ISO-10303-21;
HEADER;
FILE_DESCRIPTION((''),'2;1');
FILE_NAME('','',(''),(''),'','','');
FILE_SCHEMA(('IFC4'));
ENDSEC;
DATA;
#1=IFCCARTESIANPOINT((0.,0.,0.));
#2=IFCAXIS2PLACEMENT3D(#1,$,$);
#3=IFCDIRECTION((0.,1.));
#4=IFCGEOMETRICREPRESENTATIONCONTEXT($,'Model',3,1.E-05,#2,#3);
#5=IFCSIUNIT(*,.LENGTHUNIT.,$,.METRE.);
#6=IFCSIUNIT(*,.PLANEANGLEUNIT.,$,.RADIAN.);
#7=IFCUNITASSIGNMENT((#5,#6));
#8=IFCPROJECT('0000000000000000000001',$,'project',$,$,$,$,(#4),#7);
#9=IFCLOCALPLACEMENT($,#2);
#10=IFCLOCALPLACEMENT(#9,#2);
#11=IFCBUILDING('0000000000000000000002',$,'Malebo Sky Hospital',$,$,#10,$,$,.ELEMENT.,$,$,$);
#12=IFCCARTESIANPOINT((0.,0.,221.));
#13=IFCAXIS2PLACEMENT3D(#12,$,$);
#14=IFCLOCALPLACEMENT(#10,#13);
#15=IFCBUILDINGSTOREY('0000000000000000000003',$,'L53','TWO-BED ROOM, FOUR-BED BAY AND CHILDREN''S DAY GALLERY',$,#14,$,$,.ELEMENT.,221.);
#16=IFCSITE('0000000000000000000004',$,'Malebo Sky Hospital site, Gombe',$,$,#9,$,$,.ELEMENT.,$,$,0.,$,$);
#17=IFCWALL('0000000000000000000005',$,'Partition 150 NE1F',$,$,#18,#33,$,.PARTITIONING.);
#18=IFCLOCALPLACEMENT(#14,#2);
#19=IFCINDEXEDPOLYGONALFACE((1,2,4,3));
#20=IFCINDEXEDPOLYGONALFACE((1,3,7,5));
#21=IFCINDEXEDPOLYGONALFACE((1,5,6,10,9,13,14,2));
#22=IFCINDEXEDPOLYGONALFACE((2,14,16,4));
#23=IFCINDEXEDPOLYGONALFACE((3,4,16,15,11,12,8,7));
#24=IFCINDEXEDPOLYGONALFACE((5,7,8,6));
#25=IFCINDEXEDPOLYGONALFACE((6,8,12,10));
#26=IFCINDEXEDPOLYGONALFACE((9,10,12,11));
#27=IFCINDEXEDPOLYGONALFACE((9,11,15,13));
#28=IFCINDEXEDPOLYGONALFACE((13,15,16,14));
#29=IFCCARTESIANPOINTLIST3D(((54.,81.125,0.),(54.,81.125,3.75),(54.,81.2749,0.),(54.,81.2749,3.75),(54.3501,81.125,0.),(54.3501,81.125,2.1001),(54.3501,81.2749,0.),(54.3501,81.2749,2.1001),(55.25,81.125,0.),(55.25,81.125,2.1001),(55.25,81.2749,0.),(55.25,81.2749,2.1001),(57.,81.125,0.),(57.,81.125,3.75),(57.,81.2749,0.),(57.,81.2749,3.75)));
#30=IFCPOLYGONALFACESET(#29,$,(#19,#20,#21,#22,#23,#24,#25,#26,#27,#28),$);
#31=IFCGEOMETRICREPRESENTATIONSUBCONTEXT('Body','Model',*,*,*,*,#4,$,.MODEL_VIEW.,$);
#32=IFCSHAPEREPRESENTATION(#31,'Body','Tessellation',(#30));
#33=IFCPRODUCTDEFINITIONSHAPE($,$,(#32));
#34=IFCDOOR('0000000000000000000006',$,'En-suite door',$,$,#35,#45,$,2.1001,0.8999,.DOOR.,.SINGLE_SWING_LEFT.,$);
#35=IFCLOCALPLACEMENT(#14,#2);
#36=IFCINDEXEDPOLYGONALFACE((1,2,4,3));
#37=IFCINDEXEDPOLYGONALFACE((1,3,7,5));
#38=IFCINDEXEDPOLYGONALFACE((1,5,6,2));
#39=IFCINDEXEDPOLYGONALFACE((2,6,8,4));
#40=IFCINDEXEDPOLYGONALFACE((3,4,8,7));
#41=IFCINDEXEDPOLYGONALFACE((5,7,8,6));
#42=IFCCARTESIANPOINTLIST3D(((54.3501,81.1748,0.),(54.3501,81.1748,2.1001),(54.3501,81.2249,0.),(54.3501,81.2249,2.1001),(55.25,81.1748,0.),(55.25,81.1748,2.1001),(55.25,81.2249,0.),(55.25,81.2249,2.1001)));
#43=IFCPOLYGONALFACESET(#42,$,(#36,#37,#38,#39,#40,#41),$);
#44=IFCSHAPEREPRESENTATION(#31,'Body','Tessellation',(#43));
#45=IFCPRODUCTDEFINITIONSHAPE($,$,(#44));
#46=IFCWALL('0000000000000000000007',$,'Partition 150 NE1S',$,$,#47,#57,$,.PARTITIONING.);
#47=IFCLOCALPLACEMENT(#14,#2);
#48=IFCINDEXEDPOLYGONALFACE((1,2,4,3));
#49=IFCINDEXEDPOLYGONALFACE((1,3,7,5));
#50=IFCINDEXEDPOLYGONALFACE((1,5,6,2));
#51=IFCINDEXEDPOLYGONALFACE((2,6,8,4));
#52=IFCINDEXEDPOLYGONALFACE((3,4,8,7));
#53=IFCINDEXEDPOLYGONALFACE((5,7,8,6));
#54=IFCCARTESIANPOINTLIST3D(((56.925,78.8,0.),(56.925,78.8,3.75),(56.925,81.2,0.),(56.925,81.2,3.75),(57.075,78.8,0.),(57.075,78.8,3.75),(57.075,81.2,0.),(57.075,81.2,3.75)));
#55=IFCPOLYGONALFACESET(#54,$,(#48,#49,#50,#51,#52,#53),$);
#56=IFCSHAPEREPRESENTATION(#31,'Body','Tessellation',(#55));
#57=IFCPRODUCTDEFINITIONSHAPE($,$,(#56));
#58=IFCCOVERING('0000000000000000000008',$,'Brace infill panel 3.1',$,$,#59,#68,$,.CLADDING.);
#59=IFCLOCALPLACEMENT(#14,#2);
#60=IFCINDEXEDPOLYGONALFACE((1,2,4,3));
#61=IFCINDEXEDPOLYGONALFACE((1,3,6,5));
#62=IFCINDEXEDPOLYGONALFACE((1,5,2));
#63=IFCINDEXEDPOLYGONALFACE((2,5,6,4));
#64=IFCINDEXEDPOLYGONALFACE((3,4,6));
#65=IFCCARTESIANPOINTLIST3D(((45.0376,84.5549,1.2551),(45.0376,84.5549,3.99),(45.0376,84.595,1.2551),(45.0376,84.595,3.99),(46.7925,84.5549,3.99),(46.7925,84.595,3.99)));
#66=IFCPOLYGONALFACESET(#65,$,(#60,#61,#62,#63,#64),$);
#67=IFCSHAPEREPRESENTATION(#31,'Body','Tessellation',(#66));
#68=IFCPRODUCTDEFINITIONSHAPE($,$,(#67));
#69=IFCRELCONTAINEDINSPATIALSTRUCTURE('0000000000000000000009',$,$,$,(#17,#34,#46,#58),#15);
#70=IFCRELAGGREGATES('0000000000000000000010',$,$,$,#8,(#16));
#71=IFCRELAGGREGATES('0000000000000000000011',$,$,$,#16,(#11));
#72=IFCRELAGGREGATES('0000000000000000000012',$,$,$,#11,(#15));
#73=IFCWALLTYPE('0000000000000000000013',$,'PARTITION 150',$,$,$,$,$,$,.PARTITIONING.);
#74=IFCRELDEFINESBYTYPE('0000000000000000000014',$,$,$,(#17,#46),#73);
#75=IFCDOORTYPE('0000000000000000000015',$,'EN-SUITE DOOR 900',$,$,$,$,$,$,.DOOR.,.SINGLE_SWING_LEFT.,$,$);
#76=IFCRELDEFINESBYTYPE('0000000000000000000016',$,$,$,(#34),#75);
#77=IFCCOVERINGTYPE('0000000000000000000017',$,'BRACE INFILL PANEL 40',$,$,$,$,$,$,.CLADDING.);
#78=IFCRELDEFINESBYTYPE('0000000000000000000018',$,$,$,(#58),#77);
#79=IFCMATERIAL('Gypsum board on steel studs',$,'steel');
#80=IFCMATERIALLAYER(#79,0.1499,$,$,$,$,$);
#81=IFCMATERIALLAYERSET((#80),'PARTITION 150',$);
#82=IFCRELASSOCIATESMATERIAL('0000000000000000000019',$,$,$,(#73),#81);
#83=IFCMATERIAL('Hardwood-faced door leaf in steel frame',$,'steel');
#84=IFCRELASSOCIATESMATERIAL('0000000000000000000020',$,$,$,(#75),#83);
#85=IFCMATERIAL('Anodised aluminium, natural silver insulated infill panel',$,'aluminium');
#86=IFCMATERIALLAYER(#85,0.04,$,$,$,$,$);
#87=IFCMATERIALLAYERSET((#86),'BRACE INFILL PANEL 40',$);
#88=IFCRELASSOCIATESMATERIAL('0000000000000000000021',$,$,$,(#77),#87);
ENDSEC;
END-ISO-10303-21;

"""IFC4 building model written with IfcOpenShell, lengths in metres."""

from ifc_helpers import new_model, si_unit, direction, frame, frame_2d, origin, place, context, subcontext, project, spatial, polyline, rectangle, outline, extrude, material, layer, layer_set, type_object, element, fill, save


model = new_model("IFC4")

# Units and contexts
model_context = context("Model", 3, precision=1e-05, world=origin(), true_north=direction((0.0, 1.0)))
body_context = subcontext(model_context, "Body", "Model", "MODEL_VIEW")
ifc_project = project(units=[si_unit("LENGTHUNIT", "METRE"), si_unit("PLANEANGLEUNIT", "RADIAN")], contexts=[model_context])

# Site, building, storey
site_placement = place(None, origin())
site = spatial("IfcSite", under=ifc_project, at=site_placement, Name="Malebo Sky Hospital site, Gombe", CompositionType="ELEMENT", RefElevation=0.0)
building_placement = place(site_placement, origin())
building = spatial("IfcBuilding", under=site, at=building_placement, Name="Malebo Sky Hospital", CompositionType="ELEMENT")
storey_placement = place(building_placement, frame((0.0, 0.0, 221.0)))
storey = spatial("IfcBuildingStorey", under=building, at=storey_placement, Name="L53", Description="TWO-BED ROOM, FOUR-BED BAY AND CHILDREN'S DAY GALLERY", CompositionType="ELEMENT", Elevation=221.0)

# Shared definitions
ifc_material_1 = material(Name="Gypsum board on steel studs", Category="steel")
ifc_layer_1 = layer(ifc_material_1, 0.1499)
ifc_layer_set_1 = layer_set([ifc_layer_1], Name="PARTITION 150")
wall_type_1 = type_object("IfcWallType", Name="PARTITION 150", PredefinedType="PARTITIONING", material=ifc_layer_set_1)

# Wall, opening, door
wall_1_placement = place(storey_placement, frame((54.0, 81.2, 0.0), z_axis=(0.0, 0.0, 1.0), x_axis=(1.0, 0.0, 0.0)))
wall_1 = element("IfcWall", 1, at=wall_1_placement, inside=storey, type_object=wall_type_1, Name="Partition 150 NE1F", PredefinedType="PARTITIONING", context=body_context, shape_type="SweptSolid", body=[
    extrude(rectangle(XDim=3.0, YDim=0.1499, at=frame_2d((1.5, 0.0))), origin(), (0.0, 0.0, 1.0), 3.75),
])
opening_placement = place(wall_1_placement, frame((0.3501, 0.0, 0.0)))
opening = element("IfcOpeningElement", 2, at=opening_placement, cuts=wall_1, PredefinedType="OPENING", context=body_context, shape_type="SweptSolid", body=[
    extrude(rectangle(XDim=0.8999, YDim=2.1001, at=frame_2d((0.45, 1.05))), frame((0.0, 0.085, 0.0), z_axis=(0.0, -1.0, 0.0), x_axis=(1.0, 0.0, 0.0)), (0.0, 0.0, 1.0), 0.1699),
])
ifc_material_2 = material(Name="Hardwood-faced door leaf in steel frame", Category="steel")
door_type = type_object("IfcDoorType", Name="EN-SUITE DOOR 900", OperationType="SINGLE_SWING_LEFT", PredefinedType="DOOR", material=ifc_material_2)
door_placement = place(opening_placement, origin())
door = element("IfcDoor", 3, at=door_placement, inside=storey, type_object=door_type, Name="En-suite door", OperationType="SINGLE_SWING_LEFT", OverallHeight=2.1001, OverallWidth=0.8999, PredefinedType="DOOR", context=body_context, shape_type="SweptSolid", body=[
    extrude(rectangle(XDim=0.8999, YDim=2.1001, at=frame_2d((0.45, 1.05))), frame((0.0, 0.0249, 0.0), z_axis=(0.0, -1.0, 0.0), x_axis=(1.0, 0.0, 0.0)), (0.0, 0.0, 1.0), 0.05),
])
fill(opening, door)

# Wall
wall_2_placement = place(storey_placement, frame((57.0, 78.8, 0.0), z_axis=(0.0, 0.0, 1.0), x_axis=(0.0, 1.0, 0.0)))
element("IfcWall", 4, at=wall_2_placement, inside=storey, type_object=wall_type_1, Name="Partition 150 NE1S", PredefinedType="PARTITIONING", context=body_context, shape_type="SweptSolid", body=[
    extrude(rectangle(XDim=2.3999, YDim=0.1499, at=frame_2d((1.2, 0.0))), origin(), (0.0, 0.0, 1.0), 3.75),
])

# Covering
ifc_material_3 = material(Name="Anodised aluminium, natural silver insulated infill panel", Category="aluminium")
ifc_layer_2 = layer(ifc_material_3, 0.04)
ifc_layer_set_2 = layer_set([ifc_layer_2], Name="BRACE INFILL PANEL 40")
covering_type = type_object("IfcCoveringType", Name="BRACE INFILL PANEL 40", PredefinedType="CLADDING", material=ifc_layer_set_2)
covering_placement = place(storey_placement, frame((45.915, 84.575, 1.2551), z_axis=(0.0, 0.0, 1.0), x_axis=(1.0, 0.0, 0.0)))
element("IfcCovering", 5, at=covering_placement, inside=storey, type_object=covering_type, Name="Brace infill panel 3.1", PredefinedType="CLADDING", context=body_context, shape_type="SweptSolid", body=[
    extrude(outline(polyline([(-0.8774, 0.0), (0.8774, 2.7349), (-0.8774, 2.7349), (-0.8774, 0.0)])), frame((0.0, 0.02, 0.0), z_axis=(0.0, -1.0, 0.0), x_axis=(1.0, 0.0, 0.0)), (0.0, 0.0, 1.0), 0.04),
])

save(model, "model.ifc")
